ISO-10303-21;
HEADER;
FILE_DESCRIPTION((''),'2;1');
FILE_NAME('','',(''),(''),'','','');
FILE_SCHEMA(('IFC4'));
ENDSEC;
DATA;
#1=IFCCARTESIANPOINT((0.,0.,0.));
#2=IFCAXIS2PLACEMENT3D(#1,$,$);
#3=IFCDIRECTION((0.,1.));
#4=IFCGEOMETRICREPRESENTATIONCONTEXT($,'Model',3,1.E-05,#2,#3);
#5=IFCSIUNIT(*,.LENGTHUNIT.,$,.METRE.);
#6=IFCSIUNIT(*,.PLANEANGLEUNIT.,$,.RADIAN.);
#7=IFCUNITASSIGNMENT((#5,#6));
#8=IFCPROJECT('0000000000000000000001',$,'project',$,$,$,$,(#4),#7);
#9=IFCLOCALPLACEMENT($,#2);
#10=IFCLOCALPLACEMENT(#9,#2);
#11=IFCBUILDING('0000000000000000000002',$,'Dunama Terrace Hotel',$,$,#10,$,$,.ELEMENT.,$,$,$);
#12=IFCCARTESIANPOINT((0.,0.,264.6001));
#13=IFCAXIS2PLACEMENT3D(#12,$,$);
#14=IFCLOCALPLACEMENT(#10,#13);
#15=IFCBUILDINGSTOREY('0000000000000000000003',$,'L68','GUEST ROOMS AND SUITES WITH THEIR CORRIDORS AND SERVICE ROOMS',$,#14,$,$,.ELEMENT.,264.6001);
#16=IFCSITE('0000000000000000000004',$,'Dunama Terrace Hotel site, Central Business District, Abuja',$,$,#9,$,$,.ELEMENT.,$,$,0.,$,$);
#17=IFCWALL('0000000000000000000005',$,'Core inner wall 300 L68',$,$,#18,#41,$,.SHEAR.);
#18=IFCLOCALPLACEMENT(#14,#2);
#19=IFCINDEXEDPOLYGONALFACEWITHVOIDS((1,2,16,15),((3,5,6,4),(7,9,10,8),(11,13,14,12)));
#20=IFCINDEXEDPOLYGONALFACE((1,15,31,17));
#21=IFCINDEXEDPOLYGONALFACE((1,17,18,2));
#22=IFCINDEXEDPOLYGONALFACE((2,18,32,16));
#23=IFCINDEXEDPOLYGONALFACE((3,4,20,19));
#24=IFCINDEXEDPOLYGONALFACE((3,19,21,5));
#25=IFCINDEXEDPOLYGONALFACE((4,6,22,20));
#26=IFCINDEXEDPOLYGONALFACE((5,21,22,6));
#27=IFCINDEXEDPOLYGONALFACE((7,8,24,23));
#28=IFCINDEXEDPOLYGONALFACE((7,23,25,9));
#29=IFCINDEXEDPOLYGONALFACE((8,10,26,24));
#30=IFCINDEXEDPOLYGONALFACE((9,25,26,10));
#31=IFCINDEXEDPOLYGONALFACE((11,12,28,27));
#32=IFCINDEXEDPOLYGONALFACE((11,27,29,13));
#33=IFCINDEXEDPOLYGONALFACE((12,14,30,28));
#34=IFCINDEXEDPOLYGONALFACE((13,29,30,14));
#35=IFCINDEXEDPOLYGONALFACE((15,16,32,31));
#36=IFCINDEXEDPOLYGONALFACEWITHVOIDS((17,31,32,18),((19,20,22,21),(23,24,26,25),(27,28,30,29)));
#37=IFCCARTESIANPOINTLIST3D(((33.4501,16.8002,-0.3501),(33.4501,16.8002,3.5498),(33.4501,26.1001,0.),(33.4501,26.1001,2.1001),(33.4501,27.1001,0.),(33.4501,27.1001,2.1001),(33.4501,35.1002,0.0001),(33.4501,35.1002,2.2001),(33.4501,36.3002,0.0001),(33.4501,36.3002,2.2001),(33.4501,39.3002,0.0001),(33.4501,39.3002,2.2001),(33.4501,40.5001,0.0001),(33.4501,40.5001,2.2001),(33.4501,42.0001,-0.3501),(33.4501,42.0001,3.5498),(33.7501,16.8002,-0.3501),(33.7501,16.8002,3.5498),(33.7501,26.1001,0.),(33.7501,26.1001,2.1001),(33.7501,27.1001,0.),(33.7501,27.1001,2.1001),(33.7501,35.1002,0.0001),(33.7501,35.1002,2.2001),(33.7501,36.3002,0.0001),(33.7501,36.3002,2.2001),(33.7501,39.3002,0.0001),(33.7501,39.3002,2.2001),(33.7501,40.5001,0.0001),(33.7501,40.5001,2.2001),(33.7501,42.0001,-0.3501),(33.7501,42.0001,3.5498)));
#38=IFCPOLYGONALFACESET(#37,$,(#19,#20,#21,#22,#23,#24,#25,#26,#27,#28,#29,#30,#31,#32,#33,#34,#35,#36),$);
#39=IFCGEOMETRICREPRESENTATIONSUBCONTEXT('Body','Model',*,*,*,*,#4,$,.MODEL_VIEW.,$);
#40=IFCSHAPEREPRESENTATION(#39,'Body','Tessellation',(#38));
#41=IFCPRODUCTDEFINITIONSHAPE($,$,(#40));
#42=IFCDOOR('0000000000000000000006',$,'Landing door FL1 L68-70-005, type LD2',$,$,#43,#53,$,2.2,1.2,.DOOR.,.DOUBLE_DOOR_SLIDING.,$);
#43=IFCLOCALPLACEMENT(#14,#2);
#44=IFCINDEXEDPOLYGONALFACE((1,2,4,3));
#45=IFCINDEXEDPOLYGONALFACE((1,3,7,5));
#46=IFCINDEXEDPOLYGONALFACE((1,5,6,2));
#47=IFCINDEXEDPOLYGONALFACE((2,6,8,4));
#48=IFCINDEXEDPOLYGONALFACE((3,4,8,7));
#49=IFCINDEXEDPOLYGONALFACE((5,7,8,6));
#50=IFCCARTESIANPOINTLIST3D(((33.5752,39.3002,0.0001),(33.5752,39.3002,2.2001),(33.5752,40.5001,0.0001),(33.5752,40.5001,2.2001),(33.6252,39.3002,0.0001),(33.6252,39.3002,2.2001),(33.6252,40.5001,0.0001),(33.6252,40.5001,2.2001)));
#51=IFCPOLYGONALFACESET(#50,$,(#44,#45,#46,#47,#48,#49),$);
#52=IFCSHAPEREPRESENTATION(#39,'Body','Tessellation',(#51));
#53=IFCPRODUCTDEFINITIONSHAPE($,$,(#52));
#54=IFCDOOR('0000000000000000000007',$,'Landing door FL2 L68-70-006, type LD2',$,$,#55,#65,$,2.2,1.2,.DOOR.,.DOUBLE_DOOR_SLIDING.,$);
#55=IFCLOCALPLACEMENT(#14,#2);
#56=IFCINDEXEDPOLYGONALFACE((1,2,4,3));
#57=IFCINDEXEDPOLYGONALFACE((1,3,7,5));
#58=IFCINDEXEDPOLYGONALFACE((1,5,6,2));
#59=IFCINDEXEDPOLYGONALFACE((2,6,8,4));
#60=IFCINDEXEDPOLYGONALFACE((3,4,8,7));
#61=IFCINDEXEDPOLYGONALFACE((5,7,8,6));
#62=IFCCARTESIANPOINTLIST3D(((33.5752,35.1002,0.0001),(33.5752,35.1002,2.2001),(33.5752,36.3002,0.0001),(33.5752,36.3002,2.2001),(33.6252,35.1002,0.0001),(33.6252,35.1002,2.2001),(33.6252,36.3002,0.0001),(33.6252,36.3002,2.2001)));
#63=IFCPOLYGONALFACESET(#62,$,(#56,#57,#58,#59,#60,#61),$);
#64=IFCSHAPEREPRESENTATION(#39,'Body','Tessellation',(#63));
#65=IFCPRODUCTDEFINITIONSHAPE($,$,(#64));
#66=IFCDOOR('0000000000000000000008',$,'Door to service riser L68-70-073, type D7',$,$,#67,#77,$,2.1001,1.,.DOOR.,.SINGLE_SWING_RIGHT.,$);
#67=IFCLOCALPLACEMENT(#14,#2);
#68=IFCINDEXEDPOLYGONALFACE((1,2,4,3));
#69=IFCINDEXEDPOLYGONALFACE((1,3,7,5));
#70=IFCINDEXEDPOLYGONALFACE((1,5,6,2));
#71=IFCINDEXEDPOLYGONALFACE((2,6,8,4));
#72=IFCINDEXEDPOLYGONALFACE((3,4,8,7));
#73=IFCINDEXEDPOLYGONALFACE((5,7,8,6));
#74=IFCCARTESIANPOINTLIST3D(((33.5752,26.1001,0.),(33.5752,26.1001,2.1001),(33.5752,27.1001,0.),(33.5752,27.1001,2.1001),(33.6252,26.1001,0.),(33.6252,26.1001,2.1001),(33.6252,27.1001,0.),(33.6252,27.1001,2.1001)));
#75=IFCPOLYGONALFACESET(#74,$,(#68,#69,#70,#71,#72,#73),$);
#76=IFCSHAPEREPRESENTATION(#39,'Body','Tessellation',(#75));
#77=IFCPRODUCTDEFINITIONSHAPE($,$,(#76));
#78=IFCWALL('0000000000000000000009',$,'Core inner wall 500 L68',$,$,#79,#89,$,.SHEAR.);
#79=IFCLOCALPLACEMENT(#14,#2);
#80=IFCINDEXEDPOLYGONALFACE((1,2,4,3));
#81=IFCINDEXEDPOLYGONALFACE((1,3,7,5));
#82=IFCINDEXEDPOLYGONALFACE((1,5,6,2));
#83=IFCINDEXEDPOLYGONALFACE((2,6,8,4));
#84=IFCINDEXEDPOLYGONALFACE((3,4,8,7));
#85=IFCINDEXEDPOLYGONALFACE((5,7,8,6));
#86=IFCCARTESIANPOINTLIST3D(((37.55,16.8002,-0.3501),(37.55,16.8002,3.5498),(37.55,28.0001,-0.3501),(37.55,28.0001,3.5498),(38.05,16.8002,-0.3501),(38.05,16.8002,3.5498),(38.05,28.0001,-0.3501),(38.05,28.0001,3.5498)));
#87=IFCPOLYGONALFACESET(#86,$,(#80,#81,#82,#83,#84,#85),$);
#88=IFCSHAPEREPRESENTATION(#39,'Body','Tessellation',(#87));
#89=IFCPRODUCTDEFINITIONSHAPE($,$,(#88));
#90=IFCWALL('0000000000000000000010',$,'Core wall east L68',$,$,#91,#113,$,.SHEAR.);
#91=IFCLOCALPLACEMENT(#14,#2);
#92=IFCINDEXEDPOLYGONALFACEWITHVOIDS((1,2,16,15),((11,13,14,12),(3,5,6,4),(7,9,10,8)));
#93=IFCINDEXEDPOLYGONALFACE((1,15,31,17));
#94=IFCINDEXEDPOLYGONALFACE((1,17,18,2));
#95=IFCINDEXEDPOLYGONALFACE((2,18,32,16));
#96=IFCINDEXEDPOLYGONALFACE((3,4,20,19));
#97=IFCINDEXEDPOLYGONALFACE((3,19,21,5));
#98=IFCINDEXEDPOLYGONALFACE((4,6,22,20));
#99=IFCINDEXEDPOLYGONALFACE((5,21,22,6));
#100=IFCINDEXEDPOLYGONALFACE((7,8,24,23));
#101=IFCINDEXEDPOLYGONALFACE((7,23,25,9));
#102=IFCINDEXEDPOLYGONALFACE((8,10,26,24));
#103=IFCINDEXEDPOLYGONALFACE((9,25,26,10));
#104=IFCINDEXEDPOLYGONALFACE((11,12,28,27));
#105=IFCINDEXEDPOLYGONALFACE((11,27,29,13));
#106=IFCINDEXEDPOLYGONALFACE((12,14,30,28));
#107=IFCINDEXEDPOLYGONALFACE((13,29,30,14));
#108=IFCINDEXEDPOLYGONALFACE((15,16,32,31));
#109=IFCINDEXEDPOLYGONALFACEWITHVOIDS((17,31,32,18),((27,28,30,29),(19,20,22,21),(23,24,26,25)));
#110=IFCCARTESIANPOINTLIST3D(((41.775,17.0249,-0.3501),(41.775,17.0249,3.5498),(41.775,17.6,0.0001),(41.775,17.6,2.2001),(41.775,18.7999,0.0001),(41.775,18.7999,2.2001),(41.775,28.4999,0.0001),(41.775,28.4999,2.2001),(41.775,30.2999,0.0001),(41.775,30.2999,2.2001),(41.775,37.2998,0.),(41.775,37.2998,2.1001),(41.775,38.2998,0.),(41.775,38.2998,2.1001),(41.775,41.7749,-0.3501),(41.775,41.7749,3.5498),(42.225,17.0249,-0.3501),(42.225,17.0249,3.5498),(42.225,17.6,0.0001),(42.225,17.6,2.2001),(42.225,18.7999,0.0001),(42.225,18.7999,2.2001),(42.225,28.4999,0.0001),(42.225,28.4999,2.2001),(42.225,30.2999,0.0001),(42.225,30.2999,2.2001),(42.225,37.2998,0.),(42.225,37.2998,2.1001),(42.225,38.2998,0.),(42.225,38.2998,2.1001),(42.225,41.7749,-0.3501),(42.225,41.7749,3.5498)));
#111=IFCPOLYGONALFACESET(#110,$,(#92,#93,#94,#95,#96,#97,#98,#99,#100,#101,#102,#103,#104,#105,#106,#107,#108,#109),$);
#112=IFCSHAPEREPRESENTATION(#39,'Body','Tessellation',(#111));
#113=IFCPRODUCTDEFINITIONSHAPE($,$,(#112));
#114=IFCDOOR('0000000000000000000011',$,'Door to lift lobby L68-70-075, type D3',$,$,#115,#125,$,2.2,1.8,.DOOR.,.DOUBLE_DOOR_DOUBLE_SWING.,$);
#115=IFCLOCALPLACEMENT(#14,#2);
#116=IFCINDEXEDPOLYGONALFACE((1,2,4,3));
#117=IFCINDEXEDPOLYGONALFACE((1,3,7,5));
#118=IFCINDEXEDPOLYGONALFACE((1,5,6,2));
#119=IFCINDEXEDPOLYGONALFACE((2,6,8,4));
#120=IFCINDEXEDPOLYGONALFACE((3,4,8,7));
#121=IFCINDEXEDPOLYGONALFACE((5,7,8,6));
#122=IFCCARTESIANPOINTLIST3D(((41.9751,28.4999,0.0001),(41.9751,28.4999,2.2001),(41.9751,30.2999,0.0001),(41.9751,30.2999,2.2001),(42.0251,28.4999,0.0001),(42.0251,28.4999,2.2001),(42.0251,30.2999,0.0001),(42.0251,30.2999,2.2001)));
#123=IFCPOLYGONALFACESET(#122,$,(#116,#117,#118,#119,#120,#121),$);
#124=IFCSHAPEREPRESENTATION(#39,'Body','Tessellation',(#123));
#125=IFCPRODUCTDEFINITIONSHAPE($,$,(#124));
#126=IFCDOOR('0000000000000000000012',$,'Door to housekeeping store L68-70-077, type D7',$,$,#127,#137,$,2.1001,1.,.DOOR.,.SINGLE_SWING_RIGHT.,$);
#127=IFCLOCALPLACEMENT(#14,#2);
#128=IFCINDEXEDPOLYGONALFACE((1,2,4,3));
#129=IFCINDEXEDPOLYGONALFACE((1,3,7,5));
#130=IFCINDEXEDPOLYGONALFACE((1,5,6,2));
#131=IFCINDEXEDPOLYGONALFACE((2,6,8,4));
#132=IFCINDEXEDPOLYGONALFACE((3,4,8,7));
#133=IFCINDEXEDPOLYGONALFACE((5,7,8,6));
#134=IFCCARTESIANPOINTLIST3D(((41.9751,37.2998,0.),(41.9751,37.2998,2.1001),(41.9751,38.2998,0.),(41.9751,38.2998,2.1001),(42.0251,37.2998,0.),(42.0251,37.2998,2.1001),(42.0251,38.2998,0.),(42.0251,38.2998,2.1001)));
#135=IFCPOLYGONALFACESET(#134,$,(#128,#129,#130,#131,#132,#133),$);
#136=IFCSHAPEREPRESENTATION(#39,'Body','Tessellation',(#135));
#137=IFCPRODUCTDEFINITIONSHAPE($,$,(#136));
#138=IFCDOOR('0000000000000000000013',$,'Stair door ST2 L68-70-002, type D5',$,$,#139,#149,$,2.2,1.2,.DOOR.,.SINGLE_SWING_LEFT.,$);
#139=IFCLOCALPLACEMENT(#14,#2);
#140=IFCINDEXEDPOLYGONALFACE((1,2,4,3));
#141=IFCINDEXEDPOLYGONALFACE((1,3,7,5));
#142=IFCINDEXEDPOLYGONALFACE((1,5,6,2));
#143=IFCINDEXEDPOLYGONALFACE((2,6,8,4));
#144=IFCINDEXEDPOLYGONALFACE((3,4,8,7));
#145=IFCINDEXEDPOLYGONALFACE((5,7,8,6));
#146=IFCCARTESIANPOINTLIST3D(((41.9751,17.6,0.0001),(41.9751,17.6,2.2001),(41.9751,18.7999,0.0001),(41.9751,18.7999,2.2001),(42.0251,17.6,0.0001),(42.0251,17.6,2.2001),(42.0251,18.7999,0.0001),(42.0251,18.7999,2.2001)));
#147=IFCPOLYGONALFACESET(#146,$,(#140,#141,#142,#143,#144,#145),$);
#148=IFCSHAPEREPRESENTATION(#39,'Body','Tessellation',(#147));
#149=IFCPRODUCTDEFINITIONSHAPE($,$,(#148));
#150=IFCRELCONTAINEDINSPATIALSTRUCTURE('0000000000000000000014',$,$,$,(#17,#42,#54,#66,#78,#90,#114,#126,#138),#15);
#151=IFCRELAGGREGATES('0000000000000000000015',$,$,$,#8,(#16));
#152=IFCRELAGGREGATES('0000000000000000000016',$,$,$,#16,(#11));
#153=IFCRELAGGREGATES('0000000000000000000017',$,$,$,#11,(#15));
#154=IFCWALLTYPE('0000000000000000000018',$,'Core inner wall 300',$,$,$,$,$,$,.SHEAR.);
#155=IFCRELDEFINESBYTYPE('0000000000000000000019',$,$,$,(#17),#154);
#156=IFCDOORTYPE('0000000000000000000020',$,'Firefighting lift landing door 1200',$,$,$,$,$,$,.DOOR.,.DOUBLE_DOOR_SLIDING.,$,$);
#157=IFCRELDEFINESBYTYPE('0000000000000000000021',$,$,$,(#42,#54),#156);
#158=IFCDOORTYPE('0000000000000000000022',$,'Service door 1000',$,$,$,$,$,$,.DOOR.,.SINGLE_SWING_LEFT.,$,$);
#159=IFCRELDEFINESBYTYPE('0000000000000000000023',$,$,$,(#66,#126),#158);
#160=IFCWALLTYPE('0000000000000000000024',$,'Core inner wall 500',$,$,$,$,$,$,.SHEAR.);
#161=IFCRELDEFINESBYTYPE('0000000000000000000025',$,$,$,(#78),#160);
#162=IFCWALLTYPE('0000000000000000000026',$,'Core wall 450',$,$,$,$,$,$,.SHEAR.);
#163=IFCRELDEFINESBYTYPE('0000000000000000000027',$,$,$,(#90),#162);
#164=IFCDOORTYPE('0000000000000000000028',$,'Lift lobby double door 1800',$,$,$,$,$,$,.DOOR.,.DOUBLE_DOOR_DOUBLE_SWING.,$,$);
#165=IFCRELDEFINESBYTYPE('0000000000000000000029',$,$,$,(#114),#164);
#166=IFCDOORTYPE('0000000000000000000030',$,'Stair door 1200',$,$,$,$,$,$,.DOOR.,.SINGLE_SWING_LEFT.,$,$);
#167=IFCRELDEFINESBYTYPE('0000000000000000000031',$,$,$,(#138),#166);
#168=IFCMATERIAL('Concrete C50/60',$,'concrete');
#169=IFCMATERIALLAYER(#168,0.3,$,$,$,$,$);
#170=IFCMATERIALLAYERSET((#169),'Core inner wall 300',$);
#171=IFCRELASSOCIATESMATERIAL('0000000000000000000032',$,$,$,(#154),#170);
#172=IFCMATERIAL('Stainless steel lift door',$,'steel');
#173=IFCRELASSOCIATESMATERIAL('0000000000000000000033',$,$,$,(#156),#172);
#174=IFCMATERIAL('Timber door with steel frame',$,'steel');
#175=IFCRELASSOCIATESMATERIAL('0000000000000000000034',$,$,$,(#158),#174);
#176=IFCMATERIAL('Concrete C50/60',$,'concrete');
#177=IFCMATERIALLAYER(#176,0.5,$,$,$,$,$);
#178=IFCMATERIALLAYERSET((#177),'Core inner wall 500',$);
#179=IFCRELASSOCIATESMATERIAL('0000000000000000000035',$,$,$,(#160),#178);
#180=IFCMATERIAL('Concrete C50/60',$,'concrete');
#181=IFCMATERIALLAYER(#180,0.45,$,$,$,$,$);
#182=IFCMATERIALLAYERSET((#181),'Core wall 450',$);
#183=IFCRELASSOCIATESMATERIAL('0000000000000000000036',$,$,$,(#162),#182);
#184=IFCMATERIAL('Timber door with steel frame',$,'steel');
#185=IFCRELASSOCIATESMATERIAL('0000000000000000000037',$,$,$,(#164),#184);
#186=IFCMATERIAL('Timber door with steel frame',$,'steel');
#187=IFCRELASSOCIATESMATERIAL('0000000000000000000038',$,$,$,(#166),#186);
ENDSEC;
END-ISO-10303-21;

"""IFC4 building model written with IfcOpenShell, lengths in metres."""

from ifc_helpers import new_model, si_unit, direction, frame, frame_2d, origin, place, context, subcontext, project, spatial, rectangle, extrude, material, layer, layer_set, type_object, element, fill, save


model = new_model("IFC4")

# Units and contexts
model_context = context("Model", 3, precision=1e-05, world=origin(), true_north=direction((0.0, 1.0)))
body_context = subcontext(model_context, "Body", "Model", "MODEL_VIEW")
ifc_project = project(units=[si_unit("LENGTHUNIT", "METRE"), si_unit("PLANEANGLEUNIT", "RADIAN")], contexts=[model_context])

# Site, building, storey
site_placement = place(None, origin())
site = spatial("IfcSite", under=ifc_project, at=site_placement, Name="Dunama Terrace Hotel site, Central Business District, Abuja", CompositionType="ELEMENT", RefElevation=0.0)
building_placement = place(site_placement, origin())
building = spatial("IfcBuilding", under=site, at=building_placement, Name="Dunama Terrace Hotel", CompositionType="ELEMENT")
storey_placement = place(building_placement, frame((0.0, 0.0, 264.6001)))
storey = spatial("IfcBuildingStorey", under=building, at=storey_placement, Name="L68", Description="GUEST ROOMS AND SUITES WITH THEIR CORRIDORS AND SERVICE ROOMS", CompositionType="ELEMENT", Elevation=264.6001)

# Wall, openings, doors
ifc_material_1 = material(Name="Concrete C50/60", Category="concrete")
ifc_layer_1 = layer(ifc_material_1, 0.3)
ifc_layer_set_1 = layer_set([ifc_layer_1], Name="Core inner wall 300")
wall_type_1 = type_object("IfcWallType", Name="Core inner wall 300", PredefinedType="SHEAR", material=ifc_layer_set_1)
wall_1_placement = place(storey_placement, frame((33.6001, 16.8, -0.3501), z_axis=(0.0, 0.0, 1.0), x_axis=(0.0, 1.0, 0.0)))
wall_1 = element("IfcWall", 1, at=wall_1_placement, inside=storey, type_object=wall_type_1, Name="Core inner wall 300 L68", PredefinedType="SHEAR", context=body_context, shape_type="SweptSolid", body=[
    extrude(rectangle(XDim=25.2, YDim=0.3, at=frame_2d((12.6001, 0.0))), origin(), (0.0, 0.0, 1.0), 3.8999),
])
opening_1_placement = place(wall_1_placement, frame((22.5, 0.0, 0.3501)))
opening_1 = element("IfcOpeningElement", 2, at=opening_1_placement, cuts=wall_1, PredefinedType="OPENING", context=body_context, shape_type="SweptSolid", body=[
    extrude(rectangle(XDim=1.2, YDim=2.2, at=frame_2d((0.6001, 1.1001))), frame((0.0, 0.1599, 0.0), z_axis=(0.0, -1.0, 0.0), x_axis=(1.0, 0.0, 0.0)), (0.0, 0.0, 1.0), 0.3201),
])
opening_2_placement = place(wall_1_placement, frame((18.3, 0.0, 0.3501)))
opening_2 = element("IfcOpeningElement", 3, at=opening_2_placement, cuts=wall_1, PredefinedType="OPENING", context=body_context, shape_type="SweptSolid", body=[
    extrude(rectangle(XDim=1.2, YDim=2.2, at=frame_2d((0.6001, 1.1001))), frame((0.0, 0.1599, 0.0), z_axis=(0.0, -1.0, 0.0), x_axis=(1.0, 0.0, 0.0)), (0.0, 0.0, 1.0), 0.3201),
])
opening_3_placement = place(wall_1_placement, frame((9.3, 0.0, 0.3501)))
opening_3 = element("IfcOpeningElement", 4, at=opening_3_placement, cuts=wall_1, PredefinedType="OPENING", context=body_context, shape_type="SweptSolid", body=[
    extrude(rectangle(XDim=1.0, YDim=2.1001, at=frame_2d((0.5, 1.05))), frame((0.0, 0.1599, 0.0), z_axis=(0.0, -1.0, 0.0), x_axis=(1.0, 0.0, 0.0)), (0.0, 0.0, 1.0), 0.3201),
])
ifc_material_2 = material(Name="Stainless steel lift door", Category="steel")
door_type_1 = type_object("IfcDoorType", Name="Firefighting lift landing door 1200", OperationType="DOUBLE_DOOR_SLIDING", PredefinedType="DOOR", material=ifc_material_2)
door_1_placement = place(opening_1_placement, origin())
door_1 = element("IfcDoor", 5, at=door_1_placement, inside=storey, type_object=door_type_1, Name="Landing door FL1 L68-70-005, type LD2", OperationType="DOUBLE_DOOR_SLIDING", OverallHeight=2.2, OverallWidth=1.2, PredefinedType="DOOR", context=body_context, shape_type="SweptSolid", body=[
    extrude(rectangle(XDim=1.2, YDim=2.2, at=frame_2d((0.6001, 1.1001))), frame((0.0, 0.0249, 0.0), z_axis=(0.0, -1.0, 0.0), x_axis=(1.0, 0.0, 0.0)), (0.0, 0.0, 1.0), 0.05),
])
fill(opening_1, door_1)
door_2_placement = place(opening_2_placement, origin())
door_2 = element("IfcDoor", 6, at=door_2_placement, inside=storey, type_object=door_type_1, Name="Landing door FL2 L68-70-006, type LD2", OperationType="DOUBLE_DOOR_SLIDING", OverallHeight=2.2, OverallWidth=1.2, PredefinedType="DOOR", context=body_context, shape_type="SweptSolid", body=[
    extrude(rectangle(XDim=1.2, YDim=2.2, at=frame_2d((0.6001, 1.1001))), frame((0.0, 0.0249, 0.0), z_axis=(0.0, -1.0, 0.0), x_axis=(1.0, 0.0, 0.0)), (0.0, 0.0, 1.0), 0.05),
])
fill(opening_2, door_2)
ifc_material_3 = material(Name="Timber door with steel frame", Category="steel")
door_type_2 = type_object("IfcDoorType", Name="Service door 1000", OperationType="SINGLE_SWING_LEFT", PredefinedType="DOOR", material=ifc_material_3)
door_3_placement = place(opening_3_placement, frame((1.0, 0.0, 0.0), z_axis=(0.0, 0.0, 1.0), x_axis=(-1.0, 0.0, 0.0)))
door_3 = element("IfcDoor", 7, at=door_3_placement, inside=storey, type_object=door_type_2, Name="Door to service riser L68-70-073, type D7", OperationType="SINGLE_SWING_RIGHT", OverallHeight=2.1001, OverallWidth=1.0, PredefinedType="DOOR", context=body_context, shape_type="SweptSolid", body=[
    extrude(rectangle(XDim=1.0, YDim=2.1001, at=frame_2d((0.5, 1.05))), frame((0.0, 0.0251, 0.0), z_axis=(0.0, -1.0, 0.0), x_axis=(1.0, 0.0, 0.0)), (0.0, 0.0, 1.0), 0.05),
])
fill(opening_3, door_3)

# Wall
ifc_material_4 = material(Name="Concrete C50/60", Category="concrete")
ifc_layer_2 = layer(ifc_material_4, 0.5)
ifc_layer_set_2 = layer_set([ifc_layer_2], Name="Core inner wall 500")
wall_type_2 = type_object("IfcWallType", Name="Core inner wall 500", PredefinedType="SHEAR", material=ifc_layer_set_2)
wall_2_placement = place(storey_placement, frame((37.8, 16.8, -0.3501), z_axis=(0.0, 0.0, 1.0), x_axis=(0.0, 1.0, 0.0)))
element("IfcWall", 8, at=wall_2_placement, inside=storey, type_object=wall_type_2, Name="Core inner wall 500 L68", PredefinedType="SHEAR", context=body_context, shape_type="SweptSolid", body=[
    extrude(rectangle(XDim=11.2, YDim=0.5, at=frame_2d((5.6001, 0.0))), origin(), (0.0, 0.0, 1.0), 3.8999),
])

# Wall, openings, doors
ifc_material_5 = material(Name="Concrete C50/60", Category="concrete")
ifc_layer_3 = layer(ifc_material_5, 0.45)
ifc_layer_set_3 = layer_set([ifc_layer_3], Name="Core wall 450")
wall_type_3 = type_object("IfcWallType", Name="Core wall 450", PredefinedType="SHEAR", material=ifc_layer_set_3)
wall_3_placement = place(storey_placement, frame((42.0, 17.0249, -0.3501), z_axis=(0.0, 0.0, 1.0), x_axis=(0.0, 1.0, 0.0)))
wall_3 = element("IfcWall", 9, at=wall_3_placement, inside=storey, type_object=wall_type_3, Name="Core wall east L68", PredefinedType="SHEAR", context=body_context, shape_type="SweptSolid", body=[
    extrude(rectangle(XDim=24.75, YDim=0.45, at=frame_2d((12.375, 0.0))), origin(), (0.0, 0.0, 1.0), 3.8999),
])
opening_4_placement = place(wall_3_placement, frame((0.575, 0.0, 0.3501)))
opening_4 = element("IfcOpeningElement", 10, at=opening_4_placement, cuts=wall_3, PredefinedType="OPENING", context=body_context, shape_type="SweptSolid", body=[
    extrude(rectangle(XDim=1.2, YDim=2.2, at=frame_2d((0.6001, 1.1001))), frame((0.0, 0.2349, 0.0), z_axis=(0.0, -1.0, 0.0), x_axis=(1.0, 0.0, 0.0)), (0.0, 0.0, 1.0), 0.47),
])
opening_5_placement = place(wall_3_placement, frame((11.4751, 0.0, 0.3501)))
opening_5 = element("IfcOpeningElement", 11, at=opening_5_placement, cuts=wall_3, PredefinedType="OPENING", context=body_context, shape_type="SweptSolid", body=[
    extrude(rectangle(XDim=1.8, YDim=2.2, at=frame_2d((0.8999, 1.1001))), frame((0.0, 0.2349, 0.0), z_axis=(0.0, -1.0, 0.0), x_axis=(1.0, 0.0, 0.0)), (0.0, 0.0, 1.0), 0.47),
])
opening_6_placement = place(wall_3_placement, frame((20.2749, 0.0, 0.3501)))
opening_6 = element("IfcOpeningElement", 12, at=opening_6_placement, cuts=wall_3, PredefinedType="OPENING", context=body_context, shape_type="SweptSolid", body=[
    extrude(rectangle(XDim=1.0, YDim=2.1001, at=frame_2d((0.5, 1.05))), frame((0.0, 0.2349, 0.0), z_axis=(0.0, -1.0, 0.0), x_axis=(1.0, 0.0, 0.0)), (0.0, 0.0, 1.0), 0.47),
])
ifc_material_6 = material(Name="Timber door with steel frame", Category="steel")
door_type_3 = type_object("IfcDoorType", Name="Lift lobby double door 1800", OperationType="DOUBLE_DOOR_DOUBLE_SWING", PredefinedType="DOOR", material=ifc_material_6)
door_4_placement = place(opening_5_placement, origin())
door_4 = element("IfcDoor", 13, at=door_4_placement, inside=storey, type_object=door_type_3, Name="Door to lift lobby L68-70-075, type D3", OperationType="DOUBLE_DOOR_DOUBLE_SWING", OverallHeight=2.2, OverallWidth=1.8, PredefinedType="DOOR", context=body_context, shape_type="SweptSolid", body=[
    extrude(rectangle(XDim=1.8, YDim=2.2, at=frame_2d((0.8999, 1.1001))), frame((0.0, 0.0249, 0.0), z_axis=(0.0, -1.0, 0.0), x_axis=(1.0, 0.0, 0.0)), (0.0, 0.0, 1.0), 0.05),
])
fill(opening_5, door_4)
door_5_placement = place(opening_6_placement, origin())
door_5 = element("IfcDoor", 14, at=door_5_placement, inside=storey, type_object=door_type_2, Name="Door to housekeeping store L68-70-077, type D7", OperationType="SINGLE_SWING_RIGHT", OverallHeight=2.1001, OverallWidth=1.0, PredefinedType="DOOR", context=body_context, shape_type="SweptSolid", body=[
    extrude(rectangle(XDim=1.0, YDim=2.1001, at=frame_2d((0.5, 1.05))), frame((0.0, 0.0249, 0.0), z_axis=(0.0, -1.0, 0.0), x_axis=(1.0, 0.0, 0.0)), (0.0, 0.0, 1.0), 0.05),
])
fill(opening_6, door_5)
ifc_material_7 = material(Name="Timber door with steel frame", Category="steel")
door_type_4 = type_object("IfcDoorType", Name="Stair door 1200", OperationType="SINGLE_SWING_LEFT", PredefinedType="DOOR", material=ifc_material_7)
door_6_placement = place(opening_4_placement, origin())
door_6 = element("IfcDoor", 15, at=door_6_placement, inside=storey, type_object=door_type_4, Name="Stair door ST2 L68-70-002, type D5", OperationType="SINGLE_SWING_LEFT", OverallHeight=2.2, OverallWidth=1.2, PredefinedType="DOOR", context=body_context, shape_type="SweptSolid", body=[
    extrude(rectangle(XDim=1.2, YDim=2.2, at=frame_2d((0.6001, 1.1001))), frame((0.0, 0.0249, 0.0), z_axis=(0.0, -1.0, 0.0), x_axis=(1.0, 0.0, 0.0)), (0.0, 0.0, 1.0), 0.05),
])
fill(opening_4, door_6)

save(model, "model.ifc")
